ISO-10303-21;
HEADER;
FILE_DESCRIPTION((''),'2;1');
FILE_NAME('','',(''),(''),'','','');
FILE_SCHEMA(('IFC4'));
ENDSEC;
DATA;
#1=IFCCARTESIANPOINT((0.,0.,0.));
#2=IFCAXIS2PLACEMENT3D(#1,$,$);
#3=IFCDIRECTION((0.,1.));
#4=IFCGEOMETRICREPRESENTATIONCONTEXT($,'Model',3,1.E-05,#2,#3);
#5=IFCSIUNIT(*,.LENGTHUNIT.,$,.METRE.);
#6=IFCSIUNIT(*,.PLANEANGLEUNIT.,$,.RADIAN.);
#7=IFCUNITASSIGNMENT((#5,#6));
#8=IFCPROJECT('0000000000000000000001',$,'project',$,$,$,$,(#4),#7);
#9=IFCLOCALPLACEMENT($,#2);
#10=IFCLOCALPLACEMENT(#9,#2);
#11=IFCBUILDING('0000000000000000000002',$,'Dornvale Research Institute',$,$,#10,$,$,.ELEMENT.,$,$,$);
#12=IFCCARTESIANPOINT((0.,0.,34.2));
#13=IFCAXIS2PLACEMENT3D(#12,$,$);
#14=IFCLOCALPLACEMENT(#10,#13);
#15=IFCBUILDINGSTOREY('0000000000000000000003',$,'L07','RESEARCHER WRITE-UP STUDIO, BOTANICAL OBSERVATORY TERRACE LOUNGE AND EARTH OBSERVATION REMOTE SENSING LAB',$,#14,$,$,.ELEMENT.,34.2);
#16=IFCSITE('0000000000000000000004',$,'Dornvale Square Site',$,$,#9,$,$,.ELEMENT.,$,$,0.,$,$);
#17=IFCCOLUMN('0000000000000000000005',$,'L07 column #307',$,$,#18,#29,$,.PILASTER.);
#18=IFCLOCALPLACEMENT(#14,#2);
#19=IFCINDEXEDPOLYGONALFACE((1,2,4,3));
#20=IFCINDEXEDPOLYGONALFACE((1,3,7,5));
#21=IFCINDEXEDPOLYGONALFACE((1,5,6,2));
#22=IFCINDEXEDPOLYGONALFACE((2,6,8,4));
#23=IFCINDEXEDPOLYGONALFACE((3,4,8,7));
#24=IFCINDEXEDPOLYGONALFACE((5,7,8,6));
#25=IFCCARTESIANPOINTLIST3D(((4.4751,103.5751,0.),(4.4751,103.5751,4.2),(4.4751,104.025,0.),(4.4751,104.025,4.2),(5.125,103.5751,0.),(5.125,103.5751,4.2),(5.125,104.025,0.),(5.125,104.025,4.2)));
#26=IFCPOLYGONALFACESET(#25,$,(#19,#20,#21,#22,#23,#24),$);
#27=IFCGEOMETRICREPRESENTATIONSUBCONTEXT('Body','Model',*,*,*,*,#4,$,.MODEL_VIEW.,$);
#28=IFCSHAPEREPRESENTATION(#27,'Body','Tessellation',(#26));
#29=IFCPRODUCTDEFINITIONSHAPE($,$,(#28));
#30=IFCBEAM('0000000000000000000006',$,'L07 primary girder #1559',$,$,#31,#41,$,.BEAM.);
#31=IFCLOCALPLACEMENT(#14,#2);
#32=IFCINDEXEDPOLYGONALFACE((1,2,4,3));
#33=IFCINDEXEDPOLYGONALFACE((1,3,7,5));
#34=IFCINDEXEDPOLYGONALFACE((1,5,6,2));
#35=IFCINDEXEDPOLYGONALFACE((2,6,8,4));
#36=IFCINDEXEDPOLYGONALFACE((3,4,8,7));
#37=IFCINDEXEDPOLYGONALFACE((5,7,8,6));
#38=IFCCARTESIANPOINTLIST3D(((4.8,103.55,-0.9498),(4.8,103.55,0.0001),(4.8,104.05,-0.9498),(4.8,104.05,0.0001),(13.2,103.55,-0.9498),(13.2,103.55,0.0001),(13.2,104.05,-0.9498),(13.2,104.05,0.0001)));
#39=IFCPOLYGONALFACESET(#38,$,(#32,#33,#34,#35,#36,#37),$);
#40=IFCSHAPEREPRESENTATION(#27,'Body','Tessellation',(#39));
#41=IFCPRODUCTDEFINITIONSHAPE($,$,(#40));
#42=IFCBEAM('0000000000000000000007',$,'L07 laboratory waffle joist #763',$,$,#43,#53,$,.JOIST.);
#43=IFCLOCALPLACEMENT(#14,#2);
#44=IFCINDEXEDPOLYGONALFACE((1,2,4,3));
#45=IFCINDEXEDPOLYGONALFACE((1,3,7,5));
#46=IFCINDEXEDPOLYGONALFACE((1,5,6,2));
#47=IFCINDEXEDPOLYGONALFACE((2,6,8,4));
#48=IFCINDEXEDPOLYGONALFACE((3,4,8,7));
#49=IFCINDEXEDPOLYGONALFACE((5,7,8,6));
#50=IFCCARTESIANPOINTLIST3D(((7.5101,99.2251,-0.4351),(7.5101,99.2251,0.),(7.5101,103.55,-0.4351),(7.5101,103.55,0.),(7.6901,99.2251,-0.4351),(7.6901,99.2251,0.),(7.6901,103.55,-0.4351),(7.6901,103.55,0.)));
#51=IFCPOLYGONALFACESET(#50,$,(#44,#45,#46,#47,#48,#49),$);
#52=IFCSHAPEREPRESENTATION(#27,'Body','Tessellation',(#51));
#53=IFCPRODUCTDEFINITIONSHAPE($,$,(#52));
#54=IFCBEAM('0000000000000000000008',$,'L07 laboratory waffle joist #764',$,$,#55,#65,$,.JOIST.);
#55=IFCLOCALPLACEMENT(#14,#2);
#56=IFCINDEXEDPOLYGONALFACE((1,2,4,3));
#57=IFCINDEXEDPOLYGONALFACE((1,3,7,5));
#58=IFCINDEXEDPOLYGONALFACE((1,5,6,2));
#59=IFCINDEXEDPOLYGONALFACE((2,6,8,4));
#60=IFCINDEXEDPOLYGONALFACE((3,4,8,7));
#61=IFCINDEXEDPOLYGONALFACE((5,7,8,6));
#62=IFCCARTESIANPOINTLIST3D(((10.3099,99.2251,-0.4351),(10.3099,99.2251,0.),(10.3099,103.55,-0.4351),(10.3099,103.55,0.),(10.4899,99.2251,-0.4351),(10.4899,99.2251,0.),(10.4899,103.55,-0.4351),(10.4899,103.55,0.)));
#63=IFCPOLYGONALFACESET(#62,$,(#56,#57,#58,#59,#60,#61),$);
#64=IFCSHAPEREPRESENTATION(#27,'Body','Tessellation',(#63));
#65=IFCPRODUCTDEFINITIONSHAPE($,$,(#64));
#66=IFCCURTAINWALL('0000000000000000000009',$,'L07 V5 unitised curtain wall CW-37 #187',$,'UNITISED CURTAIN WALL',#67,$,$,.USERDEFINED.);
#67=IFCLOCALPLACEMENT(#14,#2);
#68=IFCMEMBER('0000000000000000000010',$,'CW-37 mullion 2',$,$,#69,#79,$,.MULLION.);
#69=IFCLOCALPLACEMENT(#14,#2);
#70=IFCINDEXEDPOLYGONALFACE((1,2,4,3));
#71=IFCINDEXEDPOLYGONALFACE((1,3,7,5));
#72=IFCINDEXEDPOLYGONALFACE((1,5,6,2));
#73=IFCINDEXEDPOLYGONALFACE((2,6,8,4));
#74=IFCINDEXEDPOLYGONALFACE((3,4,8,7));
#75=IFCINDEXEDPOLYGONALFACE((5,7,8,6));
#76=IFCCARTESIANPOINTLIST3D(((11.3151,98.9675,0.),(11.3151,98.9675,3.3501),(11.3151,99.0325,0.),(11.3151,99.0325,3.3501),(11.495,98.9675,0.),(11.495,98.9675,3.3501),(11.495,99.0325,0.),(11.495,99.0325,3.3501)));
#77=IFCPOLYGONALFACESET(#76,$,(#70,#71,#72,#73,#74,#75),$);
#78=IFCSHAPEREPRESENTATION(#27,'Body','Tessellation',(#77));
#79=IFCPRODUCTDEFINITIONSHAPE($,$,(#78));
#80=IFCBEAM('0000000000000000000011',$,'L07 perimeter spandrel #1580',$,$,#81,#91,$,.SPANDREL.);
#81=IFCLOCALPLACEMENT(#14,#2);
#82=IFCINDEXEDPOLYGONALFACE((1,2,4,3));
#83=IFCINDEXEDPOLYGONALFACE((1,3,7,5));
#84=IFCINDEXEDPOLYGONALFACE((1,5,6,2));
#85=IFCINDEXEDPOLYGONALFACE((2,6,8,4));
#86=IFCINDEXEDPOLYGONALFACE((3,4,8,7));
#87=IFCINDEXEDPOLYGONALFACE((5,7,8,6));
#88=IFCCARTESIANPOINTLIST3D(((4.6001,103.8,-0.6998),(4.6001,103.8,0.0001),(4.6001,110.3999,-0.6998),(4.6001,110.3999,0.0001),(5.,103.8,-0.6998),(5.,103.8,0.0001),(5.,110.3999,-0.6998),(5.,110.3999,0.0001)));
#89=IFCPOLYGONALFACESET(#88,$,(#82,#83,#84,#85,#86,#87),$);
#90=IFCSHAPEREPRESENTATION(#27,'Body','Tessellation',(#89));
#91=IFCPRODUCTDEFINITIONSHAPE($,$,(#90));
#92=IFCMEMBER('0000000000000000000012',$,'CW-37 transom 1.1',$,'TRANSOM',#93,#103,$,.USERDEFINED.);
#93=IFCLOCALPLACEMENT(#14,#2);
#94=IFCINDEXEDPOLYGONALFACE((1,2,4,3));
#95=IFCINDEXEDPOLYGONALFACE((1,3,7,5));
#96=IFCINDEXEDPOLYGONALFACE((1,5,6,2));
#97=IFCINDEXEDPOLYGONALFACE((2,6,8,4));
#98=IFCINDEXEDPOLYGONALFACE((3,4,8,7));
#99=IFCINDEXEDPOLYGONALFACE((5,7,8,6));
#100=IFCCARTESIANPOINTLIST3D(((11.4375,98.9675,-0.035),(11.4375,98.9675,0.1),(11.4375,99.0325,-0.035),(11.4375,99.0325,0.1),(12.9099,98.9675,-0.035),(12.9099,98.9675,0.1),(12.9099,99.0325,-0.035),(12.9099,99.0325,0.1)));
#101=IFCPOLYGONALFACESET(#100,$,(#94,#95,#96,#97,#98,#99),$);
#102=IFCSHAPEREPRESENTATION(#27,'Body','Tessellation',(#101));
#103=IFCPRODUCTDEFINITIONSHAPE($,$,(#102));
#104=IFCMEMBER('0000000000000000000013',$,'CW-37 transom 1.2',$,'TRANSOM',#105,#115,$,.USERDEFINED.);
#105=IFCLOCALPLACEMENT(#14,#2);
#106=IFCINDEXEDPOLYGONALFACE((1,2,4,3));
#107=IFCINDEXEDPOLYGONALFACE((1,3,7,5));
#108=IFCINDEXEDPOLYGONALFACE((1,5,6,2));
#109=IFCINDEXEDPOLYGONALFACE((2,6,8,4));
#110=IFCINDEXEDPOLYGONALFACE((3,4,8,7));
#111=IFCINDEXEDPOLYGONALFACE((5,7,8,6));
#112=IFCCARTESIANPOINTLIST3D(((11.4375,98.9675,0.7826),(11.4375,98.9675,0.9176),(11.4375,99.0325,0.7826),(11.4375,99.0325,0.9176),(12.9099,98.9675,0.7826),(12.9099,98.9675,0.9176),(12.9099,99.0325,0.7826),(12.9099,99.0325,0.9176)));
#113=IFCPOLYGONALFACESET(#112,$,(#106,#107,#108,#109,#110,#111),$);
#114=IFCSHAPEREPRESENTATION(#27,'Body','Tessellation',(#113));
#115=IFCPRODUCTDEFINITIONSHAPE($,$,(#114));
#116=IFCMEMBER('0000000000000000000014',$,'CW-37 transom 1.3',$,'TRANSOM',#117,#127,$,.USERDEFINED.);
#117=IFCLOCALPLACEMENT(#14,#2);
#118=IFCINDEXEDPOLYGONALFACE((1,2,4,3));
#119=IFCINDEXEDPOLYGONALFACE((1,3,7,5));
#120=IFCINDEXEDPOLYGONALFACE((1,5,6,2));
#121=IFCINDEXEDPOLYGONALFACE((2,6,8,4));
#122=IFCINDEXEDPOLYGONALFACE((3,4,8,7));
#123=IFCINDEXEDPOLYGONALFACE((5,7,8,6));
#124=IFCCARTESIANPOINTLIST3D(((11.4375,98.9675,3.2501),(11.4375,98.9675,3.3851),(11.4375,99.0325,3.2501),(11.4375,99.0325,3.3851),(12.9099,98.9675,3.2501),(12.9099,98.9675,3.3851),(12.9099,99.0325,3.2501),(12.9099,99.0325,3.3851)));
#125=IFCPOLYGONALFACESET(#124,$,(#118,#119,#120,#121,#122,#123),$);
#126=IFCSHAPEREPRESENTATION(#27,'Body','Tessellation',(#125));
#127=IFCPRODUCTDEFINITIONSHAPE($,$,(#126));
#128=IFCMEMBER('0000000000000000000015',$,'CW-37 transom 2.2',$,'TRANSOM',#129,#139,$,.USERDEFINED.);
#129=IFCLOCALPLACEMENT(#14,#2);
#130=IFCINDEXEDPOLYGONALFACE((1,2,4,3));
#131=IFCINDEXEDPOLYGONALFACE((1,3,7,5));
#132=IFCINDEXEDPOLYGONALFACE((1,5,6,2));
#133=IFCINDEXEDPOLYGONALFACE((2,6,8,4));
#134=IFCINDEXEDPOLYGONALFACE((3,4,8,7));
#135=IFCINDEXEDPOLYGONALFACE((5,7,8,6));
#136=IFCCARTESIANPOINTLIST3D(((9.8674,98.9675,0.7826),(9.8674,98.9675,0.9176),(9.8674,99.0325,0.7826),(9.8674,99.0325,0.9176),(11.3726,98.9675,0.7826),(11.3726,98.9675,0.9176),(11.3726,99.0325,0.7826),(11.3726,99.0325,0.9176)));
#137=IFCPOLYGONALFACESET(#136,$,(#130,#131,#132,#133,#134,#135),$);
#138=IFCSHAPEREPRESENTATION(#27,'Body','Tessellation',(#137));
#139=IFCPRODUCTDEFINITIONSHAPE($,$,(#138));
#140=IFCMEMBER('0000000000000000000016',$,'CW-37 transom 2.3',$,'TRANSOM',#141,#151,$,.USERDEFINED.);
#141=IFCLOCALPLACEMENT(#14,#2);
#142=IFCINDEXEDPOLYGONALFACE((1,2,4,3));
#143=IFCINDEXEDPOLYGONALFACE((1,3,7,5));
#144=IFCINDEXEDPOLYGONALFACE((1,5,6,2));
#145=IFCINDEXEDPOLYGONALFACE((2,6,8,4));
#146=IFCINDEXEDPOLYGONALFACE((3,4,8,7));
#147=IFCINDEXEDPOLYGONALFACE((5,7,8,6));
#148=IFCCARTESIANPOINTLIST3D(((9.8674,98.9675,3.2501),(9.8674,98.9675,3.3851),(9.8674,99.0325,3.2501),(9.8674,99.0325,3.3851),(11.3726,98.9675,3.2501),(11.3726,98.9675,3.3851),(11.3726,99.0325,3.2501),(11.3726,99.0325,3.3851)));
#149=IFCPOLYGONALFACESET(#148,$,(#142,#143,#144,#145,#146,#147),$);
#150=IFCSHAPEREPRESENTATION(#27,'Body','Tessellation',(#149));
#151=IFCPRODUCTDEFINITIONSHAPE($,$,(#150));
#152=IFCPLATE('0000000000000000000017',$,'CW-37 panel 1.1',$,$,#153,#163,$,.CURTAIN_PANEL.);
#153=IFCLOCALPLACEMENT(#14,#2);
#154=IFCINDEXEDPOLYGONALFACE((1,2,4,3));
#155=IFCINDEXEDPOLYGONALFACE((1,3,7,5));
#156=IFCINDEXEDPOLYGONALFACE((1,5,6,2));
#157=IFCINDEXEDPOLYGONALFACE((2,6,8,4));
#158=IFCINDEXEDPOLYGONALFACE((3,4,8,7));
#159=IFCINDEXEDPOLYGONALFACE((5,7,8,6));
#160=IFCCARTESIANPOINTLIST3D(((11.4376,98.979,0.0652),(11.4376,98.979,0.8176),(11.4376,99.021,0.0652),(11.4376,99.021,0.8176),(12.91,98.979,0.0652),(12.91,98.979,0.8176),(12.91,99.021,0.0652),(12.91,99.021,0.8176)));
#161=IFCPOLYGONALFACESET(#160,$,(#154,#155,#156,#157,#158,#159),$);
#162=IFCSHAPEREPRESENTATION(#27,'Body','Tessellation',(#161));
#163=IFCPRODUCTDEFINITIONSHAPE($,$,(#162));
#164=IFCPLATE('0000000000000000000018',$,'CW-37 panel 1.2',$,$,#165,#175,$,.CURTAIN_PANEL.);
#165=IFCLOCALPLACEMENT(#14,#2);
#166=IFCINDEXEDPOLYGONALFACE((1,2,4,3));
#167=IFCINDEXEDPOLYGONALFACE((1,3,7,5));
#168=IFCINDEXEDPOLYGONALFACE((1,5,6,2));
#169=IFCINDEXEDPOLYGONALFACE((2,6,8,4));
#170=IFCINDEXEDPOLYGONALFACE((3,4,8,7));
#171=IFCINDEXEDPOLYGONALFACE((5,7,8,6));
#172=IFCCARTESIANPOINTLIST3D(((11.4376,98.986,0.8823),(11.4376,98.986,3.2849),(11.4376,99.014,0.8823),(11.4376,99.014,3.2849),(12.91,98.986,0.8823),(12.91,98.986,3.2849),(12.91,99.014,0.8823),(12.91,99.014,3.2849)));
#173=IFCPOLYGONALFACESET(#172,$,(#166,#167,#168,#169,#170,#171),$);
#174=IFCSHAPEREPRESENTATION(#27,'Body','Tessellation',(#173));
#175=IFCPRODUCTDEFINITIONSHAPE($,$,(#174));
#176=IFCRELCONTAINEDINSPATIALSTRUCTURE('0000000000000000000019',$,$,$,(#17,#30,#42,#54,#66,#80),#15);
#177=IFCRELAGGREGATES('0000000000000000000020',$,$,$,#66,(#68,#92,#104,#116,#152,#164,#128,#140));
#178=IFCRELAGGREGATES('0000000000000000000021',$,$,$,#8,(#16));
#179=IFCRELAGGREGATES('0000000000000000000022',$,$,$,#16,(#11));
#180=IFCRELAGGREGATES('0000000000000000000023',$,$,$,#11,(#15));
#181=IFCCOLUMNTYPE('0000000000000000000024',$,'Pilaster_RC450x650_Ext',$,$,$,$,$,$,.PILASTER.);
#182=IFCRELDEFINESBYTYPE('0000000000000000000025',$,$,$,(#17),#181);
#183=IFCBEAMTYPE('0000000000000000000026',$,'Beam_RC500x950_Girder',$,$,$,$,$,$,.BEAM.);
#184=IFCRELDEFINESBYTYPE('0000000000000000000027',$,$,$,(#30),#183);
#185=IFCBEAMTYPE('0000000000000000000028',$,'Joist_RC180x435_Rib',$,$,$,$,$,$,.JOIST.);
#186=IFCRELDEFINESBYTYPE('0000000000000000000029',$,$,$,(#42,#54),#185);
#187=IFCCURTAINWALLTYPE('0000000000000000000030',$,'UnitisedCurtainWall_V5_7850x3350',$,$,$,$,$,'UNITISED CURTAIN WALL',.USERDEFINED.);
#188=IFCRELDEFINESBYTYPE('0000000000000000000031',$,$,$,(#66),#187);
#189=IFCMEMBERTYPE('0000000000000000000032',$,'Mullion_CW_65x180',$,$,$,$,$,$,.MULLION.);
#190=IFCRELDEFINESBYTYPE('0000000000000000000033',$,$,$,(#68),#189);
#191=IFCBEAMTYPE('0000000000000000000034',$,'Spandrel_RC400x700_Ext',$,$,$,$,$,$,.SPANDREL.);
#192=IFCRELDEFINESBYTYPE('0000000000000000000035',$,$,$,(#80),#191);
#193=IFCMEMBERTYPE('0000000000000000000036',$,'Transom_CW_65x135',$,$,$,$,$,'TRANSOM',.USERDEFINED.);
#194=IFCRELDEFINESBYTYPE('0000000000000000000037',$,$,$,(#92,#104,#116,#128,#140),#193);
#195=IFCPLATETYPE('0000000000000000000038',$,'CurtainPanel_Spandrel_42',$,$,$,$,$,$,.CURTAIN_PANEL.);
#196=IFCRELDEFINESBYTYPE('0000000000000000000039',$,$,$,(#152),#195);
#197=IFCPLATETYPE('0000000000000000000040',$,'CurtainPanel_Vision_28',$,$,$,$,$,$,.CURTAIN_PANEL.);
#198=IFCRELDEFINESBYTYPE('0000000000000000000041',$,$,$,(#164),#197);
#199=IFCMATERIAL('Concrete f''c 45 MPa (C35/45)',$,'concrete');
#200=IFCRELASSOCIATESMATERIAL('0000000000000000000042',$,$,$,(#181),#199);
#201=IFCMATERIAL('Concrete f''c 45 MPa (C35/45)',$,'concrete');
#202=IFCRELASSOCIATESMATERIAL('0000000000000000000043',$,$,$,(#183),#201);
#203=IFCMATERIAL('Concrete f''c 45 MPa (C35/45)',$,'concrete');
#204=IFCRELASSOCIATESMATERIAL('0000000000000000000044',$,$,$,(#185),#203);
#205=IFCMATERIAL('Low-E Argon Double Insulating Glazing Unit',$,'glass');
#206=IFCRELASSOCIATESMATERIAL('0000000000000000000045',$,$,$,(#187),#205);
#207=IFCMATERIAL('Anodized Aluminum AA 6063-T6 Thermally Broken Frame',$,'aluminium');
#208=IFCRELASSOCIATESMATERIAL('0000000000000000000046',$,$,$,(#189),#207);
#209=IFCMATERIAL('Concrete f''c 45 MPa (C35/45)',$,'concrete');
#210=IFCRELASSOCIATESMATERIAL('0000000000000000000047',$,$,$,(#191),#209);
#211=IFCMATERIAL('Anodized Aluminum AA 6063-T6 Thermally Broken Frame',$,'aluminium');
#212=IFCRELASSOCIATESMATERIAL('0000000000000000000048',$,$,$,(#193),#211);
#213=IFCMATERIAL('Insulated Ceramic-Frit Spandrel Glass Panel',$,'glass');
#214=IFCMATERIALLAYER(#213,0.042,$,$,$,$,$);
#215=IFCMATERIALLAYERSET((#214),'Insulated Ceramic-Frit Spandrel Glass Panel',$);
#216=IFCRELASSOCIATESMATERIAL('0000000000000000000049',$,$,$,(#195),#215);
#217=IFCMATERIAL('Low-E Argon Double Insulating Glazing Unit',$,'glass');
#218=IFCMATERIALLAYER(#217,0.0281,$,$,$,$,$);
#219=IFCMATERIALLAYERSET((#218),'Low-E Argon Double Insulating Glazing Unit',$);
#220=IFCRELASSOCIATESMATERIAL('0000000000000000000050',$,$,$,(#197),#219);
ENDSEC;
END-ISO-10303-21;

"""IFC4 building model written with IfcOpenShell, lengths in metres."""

from ifc_helpers import new_model, si_unit, direction, frame, origin, origin_2d, place, context, subcontext, project, spatial, rectangle, extrude, material, layer, layer_set, material_profile, profile_set, type_object, element, aggregate, save


model = new_model("IFC4")

# Units and contexts
model_context = context("Model", 3, precision=1e-05, world=origin(), true_north=direction((0.0, 1.0)))
body_context = subcontext(model_context, "Body", "Model", "MODEL_VIEW")
ifc_project = project(units=[si_unit("LENGTHUNIT", "METRE"), si_unit("PLANEANGLEUNIT", "RADIAN")], contexts=[model_context])

# Site, building, storey
site_placement = place(None, origin())
site = spatial("IfcSite", under=ifc_project, at=site_placement, Name="Dornvale Square Site", CompositionType="ELEMENT", RefElevation=0.0)
building_placement = place(site_placement, origin())
building = spatial("IfcBuilding", under=site, at=building_placement, Name="Dornvale Research Institute", CompositionType="ELEMENT")
storey_placement = place(building_placement, frame((0.0, 0.0, 34.2)))
storey = spatial("IfcBuildingStorey", under=building, at=storey_placement, Name="L07", Description="RESEARCHER WRITE-UP STUDIO, BOTANICAL OBSERVATORY TERRACE LOUNGE AND EARTH OBSERVATION REMOTE SENSING LAB", CompositionType="ELEMENT", Elevation=34.2)

# Column
ifc_material_1 = material(Name="Concrete f'c 45 MPa (C35/45)", Category="concrete")
ifc_material_profile_1 = material_profile(ifc_material_1, rectangle(XDim=0.45, YDim=0.6499, at=origin_2d()), Name="RC 450x650")
ifc_profile_set_1 = profile_set([ifc_material_profile_1], Name="Concrete f'c 45 MPa (C35/45)")
column_type = type_object("IfcColumnType", Name="Pilaster_RC450x650_Ext", PredefinedType="PILASTER", material=ifc_profile_set_1)
column_placement = place(storey_placement, frame((4.8, 103.8, 0.0), z_axis=(0.0, 0.0, 1.0), x_axis=(0.0, 1.0, 0.0)))
element("IfcColumn", 1, at=column_placement, inside=storey, type_object=column_type, Name="L07 column #307", PredefinedType="PILASTER", context=body_context, shape_type="SweptSolid", body=[
    extrude(rectangle(XDim=0.45, YDim=0.6499, at=origin_2d()), origin(), (0.0, 0.0, 1.0), 4.2),
])

# Beams
ifc_material_2 = material(Name="Concrete f'c 45 MPa (C35/45)", Category="concrete")
ifc_material_profile_2 = material_profile(ifc_material_2, rectangle(XDim=0.5, YDim=0.95, at=origin_2d()), Name="RC 500x950")
ifc_profile_set_2 = profile_set([ifc_material_profile_2], Name="Concrete f'c 45 MPa (C35/45)")
beam_type_1 = type_object("IfcBeamType", Name="Beam_RC500x950_Girder", PredefinedType="BEAM", material=ifc_profile_set_2)
beam_1_placement = place(storey_placement, frame((4.8, 103.8, -0.4749), z_axis=(1.0, 0.0, 0.0), x_axis=(0.0, 1.0, 0.0)))
element("IfcBeam", 2, at=beam_1_placement, inside=storey, type_object=beam_type_1, Name="L07 primary girder #1559", PredefinedType="BEAM", context=body_context, shape_type="SweptSolid", body=[
    extrude(rectangle(XDim=0.5, YDim=0.95, at=origin_2d()), origin(), (0.0, 0.0, 1.0), 8.3999),
])
ifc_material_3 = material(Name="Concrete f'c 45 MPa (C35/45)", Category="concrete")
ifc_material_profile_3 = material_profile(ifc_material_3, rectangle(XDim=0.1799, YDim=0.4351, at=origin_2d()), Name="RC 180x435")
ifc_profile_set_3 = profile_set([ifc_material_profile_3], Name="Concrete f'c 45 MPa (C35/45)")
beam_type_2 = type_object("IfcBeamType", Name="Joist_RC180x435_Rib", PredefinedType="JOIST", material=ifc_profile_set_3)
for number, where, z_axis, x_axis, name in (
    (3, (7.6001, 99.2251, -0.2175), (0.0, 1.0, 0.0), (-1.0, 0.0, 0.0), "L07 laboratory waffle joist #763"),
    (4, (10.3999, 99.2251, -0.2175), (0.0, 1.0, 0.0), (-1.0, 0.0, 0.0), "L07 laboratory waffle joist #764"),
):
    element("IfcBeam", number, at=place(storey_placement, frame(where, z_axis=z_axis, x_axis=x_axis)), inside=storey, type_object=beam_type_2, Name=name, PredefinedType="JOIST", context=body_context, shape_type="SweptSolid", body=[
        extrude(rectangle(XDim=0.1799, YDim=0.4351, at=origin_2d()), origin(), (0.0, 0.0, 1.0), 4.325),
    ])

# Curtain wall, member
ifc_material_4 = material(Name="Low-E Argon Double Insulating Glazing Unit", Category="glass")
curtain_wall_type = type_object("IfcCurtainWallType", Name="UnitisedCurtainWall_V5_7850x3350", ElementType="UNITISED CURTAIN WALL", PredefinedType="USERDEFINED", material=ifc_material_4)
curtain_wall_placement = place(storey_placement, origin())
curtain_wall = element("IfcCurtainWall", 5, at=curtain_wall_placement, inside=storey, type_object=curtain_wall_type, Name="L07 V5 unitised curtain wall CW-37 #187", ObjectType="UNITISED CURTAIN WALL", PredefinedType="USERDEFINED")
ifc_material_5 = material(Name="Anodized Aluminum AA 6063-T6 Thermally Broken Frame", Category="aluminium")
ifc_material_profile_4 = material_profile(ifc_material_5, rectangle(XDim=0.0649, YDim=0.1799, at=origin_2d()), Name="ALU MULLION 65x180")
ifc_profile_set_4 = profile_set([ifc_material_profile_4], Name="Anodized Aluminum AA 6063-T6 Thermally Broken Frame")
member_type_1 = type_object("IfcMemberType", Name="Mullion_CW_65x180", PredefinedType="MULLION", material=ifc_profile_set_4)
member_1_placement = place(storey_placement, frame((11.405, 99.0, 0.0), z_axis=(0.0, 0.0, 1.0), x_axis=(0.0, -1.0, 0.0)))
member_1 = element("IfcMember", 6, at=member_1_placement, type_object=member_type_1, Name="CW-37 mullion 2", PredefinedType="MULLION", context=body_context, shape_type="SweptSolid", body=[
    extrude(rectangle(XDim=0.0649, YDim=0.1799, at=origin_2d()), origin(), (0.0, 0.0, 1.0), 3.3501),
])

# Beam
ifc_material_6 = material(Name="Concrete f'c 45 MPa (C35/45)", Category="concrete")
ifc_material_profile_5 = material_profile(ifc_material_6, rectangle(XDim=0.3999, YDim=0.7, at=origin_2d()), Name="RC 400x700")
ifc_profile_set_5 = profile_set([ifc_material_profile_5], Name="Concrete f'c 45 MPa (C35/45)")
beam_type_3 = type_object("IfcBeamType", Name="Spandrel_RC400x700_Ext", PredefinedType="SPANDREL", material=ifc_profile_set_5)
beam_2_placement = place(storey_placement, frame((4.8, 103.8, -0.3499), z_axis=(0.0, 1.0, 0.0), x_axis=(-1.0, 0.0, 0.0)))
element("IfcBeam", 7, at=beam_2_placement, inside=storey, type_object=beam_type_3, Name="L07 perimeter spandrel #1580", PredefinedType="SPANDREL", context=body_context, shape_type="SweptSolid", body=[
    extrude(rectangle(XDim=0.3999, YDim=0.7, at=origin_2d()), origin(), (0.0, 0.0, 1.0), 6.5999),
])

# Members
ifc_material_7 = material(Name="Anodized Aluminum AA 6063-T6 Thermally Broken Frame", Category="aluminium")
ifc_material_profile_6 = material_profile(ifc_material_7, rectangle(XDim=0.0649, YDim=0.135, at=origin_2d()), Name="ALU TRANSOM 65x135")
ifc_profile_set_6 = profile_set([ifc_material_profile_6], Name="Anodized Aluminum AA 6063-T6 Thermally Broken Frame")
member_type_2 = type_object("IfcMemberType", Name="Transom_CW_65x135", ElementType="TRANSOM", PredefinedType="USERDEFINED", material=ifc_profile_set_6)
member_2_placement = place(storey_placement, frame((12.9099, 99.0, 0.0325), z_axis=(-1.0, 0.0, 0.0), x_axis=(0.0, -1.0, 0.0)))
member_2 = element("IfcMember", 8, at=member_2_placement, type_object=member_type_2, Name="CW-37 transom 1.1", ObjectType="TRANSOM", PredefinedType="USERDEFINED", context=body_context, shape_type="SweptSolid", body=[
    extrude(rectangle(XDim=0.0649, YDim=0.135, at=origin_2d()), origin(), (0.0, 0.0, 1.0), 1.4724),
])
member_3_placement = place(storey_placement, frame((12.9099, 99.0, 0.8501), z_axis=(-1.0, 0.0, 0.0), x_axis=(0.0, -1.0, 0.0)))
member_3 = element("IfcMember", 9, at=member_3_placement, type_object=member_type_2, Name="CW-37 transom 1.2", ObjectType="TRANSOM", PredefinedType="USERDEFINED", context=body_context, shape_type="SweptSolid", body=[
    extrude(rectangle(XDim=0.0649, YDim=0.135, at=origin_2d()), origin(), (0.0, 0.0, 1.0), 1.4724),
])
member_4_placement = place(storey_placement, frame((12.9099, 99.0, 3.3176), z_axis=(-1.0, 0.0, 0.0), x_axis=(0.0, -1.0, 0.0)))
member_4 = element("IfcMember", 10, at=member_4_placement, type_object=member_type_2, Name="CW-37 transom 1.3", ObjectType="TRANSOM", PredefinedType="USERDEFINED", context=body_context, shape_type="SweptSolid", body=[
    extrude(rectangle(XDim=0.0649, YDim=0.135, at=origin_2d()), origin(), (0.0, 0.0, 1.0), 1.4724),
])
member_5_placement = place(storey_placement, frame((11.3726, 99.0, 0.8501), z_axis=(-1.0, 0.0, 0.0), x_axis=(0.0, -1.0, 0.0)))
member_5 = element("IfcMember", 11, at=member_5_placement, type_object=member_type_2, Name="CW-37 transom 2.2", ObjectType="TRANSOM", PredefinedType="USERDEFINED", context=body_context, shape_type="SweptSolid", body=[
    extrude(rectangle(XDim=0.0649, YDim=0.135, at=origin_2d()), origin(), (0.0, 0.0, 1.0), 1.5051),
])
member_6_placement = place(storey_placement, frame((11.3726, 99.0, 3.3176), z_axis=(-1.0, 0.0, 0.0), x_axis=(0.0, -1.0, 0.0)))
member_6 = element("IfcMember", 12, at=member_6_placement, type_object=member_type_2, Name="CW-37 transom 2.3", ObjectType="TRANSOM", PredefinedType="USERDEFINED", context=body_context, shape_type="SweptSolid", body=[
    extrude(rectangle(XDim=0.0649, YDim=0.135, at=origin_2d()), origin(), (0.0, 0.0, 1.0), 1.5051),
])

# Plates
ifc_material_8 = material(Name="Insulated Ceramic-Frit Spandrel Glass Panel", Category="glass")
ifc_layer_1 = layer(ifc_material_8, 0.042)
ifc_layer_set_1 = layer_set([ifc_layer_1], Name="Insulated Ceramic-Frit Spandrel Glass Panel")
plate_type_1 = type_object("IfcPlateType", Name="CurtainPanel_Spandrel_42", PredefinedType="CURTAIN_PANEL", material=ifc_layer_set_1)
plate_1_placement = place(storey_placement, frame((12.1738, 99.0, 0.0652), z_axis=(0.0, 0.0, 1.0), x_axis=(-1.0, 0.0, 0.0)))
plate_1 = element("IfcPlate", 13, at=plate_1_placement, type_object=plate_type_1, Name="CW-37 panel 1.1", PredefinedType="CURTAIN_PANEL", context=body_context, shape_type="SweptSolid", body=[
    extrude(rectangle(XDim=1.4724, YDim=0.042, at=origin_2d()), origin(), (0.0, 0.0, 1.0), 0.7524),
])
ifc_material_9 = material(Name="Low-E Argon Double Insulating Glazing Unit", Category="glass")
ifc_layer_2 = layer(ifc_material_9, 0.0281)
ifc_layer_set_2 = layer_set([ifc_layer_2], Name="Low-E Argon Double Insulating Glazing Unit")
plate_type_2 = type_object("IfcPlateType", Name="CurtainPanel_Vision_28", PredefinedType="CURTAIN_PANEL", material=ifc_layer_set_2)
plate_2_placement = place(storey_placement, frame((12.1738, 99.0, 0.8823), z_axis=(0.0, 0.0, 1.0), x_axis=(-1.0, 0.0, 0.0)))
plate_2 = element("IfcPlate", 14, at=plate_2_placement, type_object=plate_type_2, Name="CW-37 panel 1.2", PredefinedType="CURTAIN_PANEL", context=body_context, shape_type="SweptSolid", body=[
    extrude(rectangle(XDim=1.4724, YDim=0.0281, at=origin_2d()), origin(), (0.0, 0.0, 1.0), 2.4026),
])
aggregate(curtain_wall, [member_1, member_2, member_3, member_4, plate_1, plate_2, member_5, member_6])

save(model, "model.ifc")
